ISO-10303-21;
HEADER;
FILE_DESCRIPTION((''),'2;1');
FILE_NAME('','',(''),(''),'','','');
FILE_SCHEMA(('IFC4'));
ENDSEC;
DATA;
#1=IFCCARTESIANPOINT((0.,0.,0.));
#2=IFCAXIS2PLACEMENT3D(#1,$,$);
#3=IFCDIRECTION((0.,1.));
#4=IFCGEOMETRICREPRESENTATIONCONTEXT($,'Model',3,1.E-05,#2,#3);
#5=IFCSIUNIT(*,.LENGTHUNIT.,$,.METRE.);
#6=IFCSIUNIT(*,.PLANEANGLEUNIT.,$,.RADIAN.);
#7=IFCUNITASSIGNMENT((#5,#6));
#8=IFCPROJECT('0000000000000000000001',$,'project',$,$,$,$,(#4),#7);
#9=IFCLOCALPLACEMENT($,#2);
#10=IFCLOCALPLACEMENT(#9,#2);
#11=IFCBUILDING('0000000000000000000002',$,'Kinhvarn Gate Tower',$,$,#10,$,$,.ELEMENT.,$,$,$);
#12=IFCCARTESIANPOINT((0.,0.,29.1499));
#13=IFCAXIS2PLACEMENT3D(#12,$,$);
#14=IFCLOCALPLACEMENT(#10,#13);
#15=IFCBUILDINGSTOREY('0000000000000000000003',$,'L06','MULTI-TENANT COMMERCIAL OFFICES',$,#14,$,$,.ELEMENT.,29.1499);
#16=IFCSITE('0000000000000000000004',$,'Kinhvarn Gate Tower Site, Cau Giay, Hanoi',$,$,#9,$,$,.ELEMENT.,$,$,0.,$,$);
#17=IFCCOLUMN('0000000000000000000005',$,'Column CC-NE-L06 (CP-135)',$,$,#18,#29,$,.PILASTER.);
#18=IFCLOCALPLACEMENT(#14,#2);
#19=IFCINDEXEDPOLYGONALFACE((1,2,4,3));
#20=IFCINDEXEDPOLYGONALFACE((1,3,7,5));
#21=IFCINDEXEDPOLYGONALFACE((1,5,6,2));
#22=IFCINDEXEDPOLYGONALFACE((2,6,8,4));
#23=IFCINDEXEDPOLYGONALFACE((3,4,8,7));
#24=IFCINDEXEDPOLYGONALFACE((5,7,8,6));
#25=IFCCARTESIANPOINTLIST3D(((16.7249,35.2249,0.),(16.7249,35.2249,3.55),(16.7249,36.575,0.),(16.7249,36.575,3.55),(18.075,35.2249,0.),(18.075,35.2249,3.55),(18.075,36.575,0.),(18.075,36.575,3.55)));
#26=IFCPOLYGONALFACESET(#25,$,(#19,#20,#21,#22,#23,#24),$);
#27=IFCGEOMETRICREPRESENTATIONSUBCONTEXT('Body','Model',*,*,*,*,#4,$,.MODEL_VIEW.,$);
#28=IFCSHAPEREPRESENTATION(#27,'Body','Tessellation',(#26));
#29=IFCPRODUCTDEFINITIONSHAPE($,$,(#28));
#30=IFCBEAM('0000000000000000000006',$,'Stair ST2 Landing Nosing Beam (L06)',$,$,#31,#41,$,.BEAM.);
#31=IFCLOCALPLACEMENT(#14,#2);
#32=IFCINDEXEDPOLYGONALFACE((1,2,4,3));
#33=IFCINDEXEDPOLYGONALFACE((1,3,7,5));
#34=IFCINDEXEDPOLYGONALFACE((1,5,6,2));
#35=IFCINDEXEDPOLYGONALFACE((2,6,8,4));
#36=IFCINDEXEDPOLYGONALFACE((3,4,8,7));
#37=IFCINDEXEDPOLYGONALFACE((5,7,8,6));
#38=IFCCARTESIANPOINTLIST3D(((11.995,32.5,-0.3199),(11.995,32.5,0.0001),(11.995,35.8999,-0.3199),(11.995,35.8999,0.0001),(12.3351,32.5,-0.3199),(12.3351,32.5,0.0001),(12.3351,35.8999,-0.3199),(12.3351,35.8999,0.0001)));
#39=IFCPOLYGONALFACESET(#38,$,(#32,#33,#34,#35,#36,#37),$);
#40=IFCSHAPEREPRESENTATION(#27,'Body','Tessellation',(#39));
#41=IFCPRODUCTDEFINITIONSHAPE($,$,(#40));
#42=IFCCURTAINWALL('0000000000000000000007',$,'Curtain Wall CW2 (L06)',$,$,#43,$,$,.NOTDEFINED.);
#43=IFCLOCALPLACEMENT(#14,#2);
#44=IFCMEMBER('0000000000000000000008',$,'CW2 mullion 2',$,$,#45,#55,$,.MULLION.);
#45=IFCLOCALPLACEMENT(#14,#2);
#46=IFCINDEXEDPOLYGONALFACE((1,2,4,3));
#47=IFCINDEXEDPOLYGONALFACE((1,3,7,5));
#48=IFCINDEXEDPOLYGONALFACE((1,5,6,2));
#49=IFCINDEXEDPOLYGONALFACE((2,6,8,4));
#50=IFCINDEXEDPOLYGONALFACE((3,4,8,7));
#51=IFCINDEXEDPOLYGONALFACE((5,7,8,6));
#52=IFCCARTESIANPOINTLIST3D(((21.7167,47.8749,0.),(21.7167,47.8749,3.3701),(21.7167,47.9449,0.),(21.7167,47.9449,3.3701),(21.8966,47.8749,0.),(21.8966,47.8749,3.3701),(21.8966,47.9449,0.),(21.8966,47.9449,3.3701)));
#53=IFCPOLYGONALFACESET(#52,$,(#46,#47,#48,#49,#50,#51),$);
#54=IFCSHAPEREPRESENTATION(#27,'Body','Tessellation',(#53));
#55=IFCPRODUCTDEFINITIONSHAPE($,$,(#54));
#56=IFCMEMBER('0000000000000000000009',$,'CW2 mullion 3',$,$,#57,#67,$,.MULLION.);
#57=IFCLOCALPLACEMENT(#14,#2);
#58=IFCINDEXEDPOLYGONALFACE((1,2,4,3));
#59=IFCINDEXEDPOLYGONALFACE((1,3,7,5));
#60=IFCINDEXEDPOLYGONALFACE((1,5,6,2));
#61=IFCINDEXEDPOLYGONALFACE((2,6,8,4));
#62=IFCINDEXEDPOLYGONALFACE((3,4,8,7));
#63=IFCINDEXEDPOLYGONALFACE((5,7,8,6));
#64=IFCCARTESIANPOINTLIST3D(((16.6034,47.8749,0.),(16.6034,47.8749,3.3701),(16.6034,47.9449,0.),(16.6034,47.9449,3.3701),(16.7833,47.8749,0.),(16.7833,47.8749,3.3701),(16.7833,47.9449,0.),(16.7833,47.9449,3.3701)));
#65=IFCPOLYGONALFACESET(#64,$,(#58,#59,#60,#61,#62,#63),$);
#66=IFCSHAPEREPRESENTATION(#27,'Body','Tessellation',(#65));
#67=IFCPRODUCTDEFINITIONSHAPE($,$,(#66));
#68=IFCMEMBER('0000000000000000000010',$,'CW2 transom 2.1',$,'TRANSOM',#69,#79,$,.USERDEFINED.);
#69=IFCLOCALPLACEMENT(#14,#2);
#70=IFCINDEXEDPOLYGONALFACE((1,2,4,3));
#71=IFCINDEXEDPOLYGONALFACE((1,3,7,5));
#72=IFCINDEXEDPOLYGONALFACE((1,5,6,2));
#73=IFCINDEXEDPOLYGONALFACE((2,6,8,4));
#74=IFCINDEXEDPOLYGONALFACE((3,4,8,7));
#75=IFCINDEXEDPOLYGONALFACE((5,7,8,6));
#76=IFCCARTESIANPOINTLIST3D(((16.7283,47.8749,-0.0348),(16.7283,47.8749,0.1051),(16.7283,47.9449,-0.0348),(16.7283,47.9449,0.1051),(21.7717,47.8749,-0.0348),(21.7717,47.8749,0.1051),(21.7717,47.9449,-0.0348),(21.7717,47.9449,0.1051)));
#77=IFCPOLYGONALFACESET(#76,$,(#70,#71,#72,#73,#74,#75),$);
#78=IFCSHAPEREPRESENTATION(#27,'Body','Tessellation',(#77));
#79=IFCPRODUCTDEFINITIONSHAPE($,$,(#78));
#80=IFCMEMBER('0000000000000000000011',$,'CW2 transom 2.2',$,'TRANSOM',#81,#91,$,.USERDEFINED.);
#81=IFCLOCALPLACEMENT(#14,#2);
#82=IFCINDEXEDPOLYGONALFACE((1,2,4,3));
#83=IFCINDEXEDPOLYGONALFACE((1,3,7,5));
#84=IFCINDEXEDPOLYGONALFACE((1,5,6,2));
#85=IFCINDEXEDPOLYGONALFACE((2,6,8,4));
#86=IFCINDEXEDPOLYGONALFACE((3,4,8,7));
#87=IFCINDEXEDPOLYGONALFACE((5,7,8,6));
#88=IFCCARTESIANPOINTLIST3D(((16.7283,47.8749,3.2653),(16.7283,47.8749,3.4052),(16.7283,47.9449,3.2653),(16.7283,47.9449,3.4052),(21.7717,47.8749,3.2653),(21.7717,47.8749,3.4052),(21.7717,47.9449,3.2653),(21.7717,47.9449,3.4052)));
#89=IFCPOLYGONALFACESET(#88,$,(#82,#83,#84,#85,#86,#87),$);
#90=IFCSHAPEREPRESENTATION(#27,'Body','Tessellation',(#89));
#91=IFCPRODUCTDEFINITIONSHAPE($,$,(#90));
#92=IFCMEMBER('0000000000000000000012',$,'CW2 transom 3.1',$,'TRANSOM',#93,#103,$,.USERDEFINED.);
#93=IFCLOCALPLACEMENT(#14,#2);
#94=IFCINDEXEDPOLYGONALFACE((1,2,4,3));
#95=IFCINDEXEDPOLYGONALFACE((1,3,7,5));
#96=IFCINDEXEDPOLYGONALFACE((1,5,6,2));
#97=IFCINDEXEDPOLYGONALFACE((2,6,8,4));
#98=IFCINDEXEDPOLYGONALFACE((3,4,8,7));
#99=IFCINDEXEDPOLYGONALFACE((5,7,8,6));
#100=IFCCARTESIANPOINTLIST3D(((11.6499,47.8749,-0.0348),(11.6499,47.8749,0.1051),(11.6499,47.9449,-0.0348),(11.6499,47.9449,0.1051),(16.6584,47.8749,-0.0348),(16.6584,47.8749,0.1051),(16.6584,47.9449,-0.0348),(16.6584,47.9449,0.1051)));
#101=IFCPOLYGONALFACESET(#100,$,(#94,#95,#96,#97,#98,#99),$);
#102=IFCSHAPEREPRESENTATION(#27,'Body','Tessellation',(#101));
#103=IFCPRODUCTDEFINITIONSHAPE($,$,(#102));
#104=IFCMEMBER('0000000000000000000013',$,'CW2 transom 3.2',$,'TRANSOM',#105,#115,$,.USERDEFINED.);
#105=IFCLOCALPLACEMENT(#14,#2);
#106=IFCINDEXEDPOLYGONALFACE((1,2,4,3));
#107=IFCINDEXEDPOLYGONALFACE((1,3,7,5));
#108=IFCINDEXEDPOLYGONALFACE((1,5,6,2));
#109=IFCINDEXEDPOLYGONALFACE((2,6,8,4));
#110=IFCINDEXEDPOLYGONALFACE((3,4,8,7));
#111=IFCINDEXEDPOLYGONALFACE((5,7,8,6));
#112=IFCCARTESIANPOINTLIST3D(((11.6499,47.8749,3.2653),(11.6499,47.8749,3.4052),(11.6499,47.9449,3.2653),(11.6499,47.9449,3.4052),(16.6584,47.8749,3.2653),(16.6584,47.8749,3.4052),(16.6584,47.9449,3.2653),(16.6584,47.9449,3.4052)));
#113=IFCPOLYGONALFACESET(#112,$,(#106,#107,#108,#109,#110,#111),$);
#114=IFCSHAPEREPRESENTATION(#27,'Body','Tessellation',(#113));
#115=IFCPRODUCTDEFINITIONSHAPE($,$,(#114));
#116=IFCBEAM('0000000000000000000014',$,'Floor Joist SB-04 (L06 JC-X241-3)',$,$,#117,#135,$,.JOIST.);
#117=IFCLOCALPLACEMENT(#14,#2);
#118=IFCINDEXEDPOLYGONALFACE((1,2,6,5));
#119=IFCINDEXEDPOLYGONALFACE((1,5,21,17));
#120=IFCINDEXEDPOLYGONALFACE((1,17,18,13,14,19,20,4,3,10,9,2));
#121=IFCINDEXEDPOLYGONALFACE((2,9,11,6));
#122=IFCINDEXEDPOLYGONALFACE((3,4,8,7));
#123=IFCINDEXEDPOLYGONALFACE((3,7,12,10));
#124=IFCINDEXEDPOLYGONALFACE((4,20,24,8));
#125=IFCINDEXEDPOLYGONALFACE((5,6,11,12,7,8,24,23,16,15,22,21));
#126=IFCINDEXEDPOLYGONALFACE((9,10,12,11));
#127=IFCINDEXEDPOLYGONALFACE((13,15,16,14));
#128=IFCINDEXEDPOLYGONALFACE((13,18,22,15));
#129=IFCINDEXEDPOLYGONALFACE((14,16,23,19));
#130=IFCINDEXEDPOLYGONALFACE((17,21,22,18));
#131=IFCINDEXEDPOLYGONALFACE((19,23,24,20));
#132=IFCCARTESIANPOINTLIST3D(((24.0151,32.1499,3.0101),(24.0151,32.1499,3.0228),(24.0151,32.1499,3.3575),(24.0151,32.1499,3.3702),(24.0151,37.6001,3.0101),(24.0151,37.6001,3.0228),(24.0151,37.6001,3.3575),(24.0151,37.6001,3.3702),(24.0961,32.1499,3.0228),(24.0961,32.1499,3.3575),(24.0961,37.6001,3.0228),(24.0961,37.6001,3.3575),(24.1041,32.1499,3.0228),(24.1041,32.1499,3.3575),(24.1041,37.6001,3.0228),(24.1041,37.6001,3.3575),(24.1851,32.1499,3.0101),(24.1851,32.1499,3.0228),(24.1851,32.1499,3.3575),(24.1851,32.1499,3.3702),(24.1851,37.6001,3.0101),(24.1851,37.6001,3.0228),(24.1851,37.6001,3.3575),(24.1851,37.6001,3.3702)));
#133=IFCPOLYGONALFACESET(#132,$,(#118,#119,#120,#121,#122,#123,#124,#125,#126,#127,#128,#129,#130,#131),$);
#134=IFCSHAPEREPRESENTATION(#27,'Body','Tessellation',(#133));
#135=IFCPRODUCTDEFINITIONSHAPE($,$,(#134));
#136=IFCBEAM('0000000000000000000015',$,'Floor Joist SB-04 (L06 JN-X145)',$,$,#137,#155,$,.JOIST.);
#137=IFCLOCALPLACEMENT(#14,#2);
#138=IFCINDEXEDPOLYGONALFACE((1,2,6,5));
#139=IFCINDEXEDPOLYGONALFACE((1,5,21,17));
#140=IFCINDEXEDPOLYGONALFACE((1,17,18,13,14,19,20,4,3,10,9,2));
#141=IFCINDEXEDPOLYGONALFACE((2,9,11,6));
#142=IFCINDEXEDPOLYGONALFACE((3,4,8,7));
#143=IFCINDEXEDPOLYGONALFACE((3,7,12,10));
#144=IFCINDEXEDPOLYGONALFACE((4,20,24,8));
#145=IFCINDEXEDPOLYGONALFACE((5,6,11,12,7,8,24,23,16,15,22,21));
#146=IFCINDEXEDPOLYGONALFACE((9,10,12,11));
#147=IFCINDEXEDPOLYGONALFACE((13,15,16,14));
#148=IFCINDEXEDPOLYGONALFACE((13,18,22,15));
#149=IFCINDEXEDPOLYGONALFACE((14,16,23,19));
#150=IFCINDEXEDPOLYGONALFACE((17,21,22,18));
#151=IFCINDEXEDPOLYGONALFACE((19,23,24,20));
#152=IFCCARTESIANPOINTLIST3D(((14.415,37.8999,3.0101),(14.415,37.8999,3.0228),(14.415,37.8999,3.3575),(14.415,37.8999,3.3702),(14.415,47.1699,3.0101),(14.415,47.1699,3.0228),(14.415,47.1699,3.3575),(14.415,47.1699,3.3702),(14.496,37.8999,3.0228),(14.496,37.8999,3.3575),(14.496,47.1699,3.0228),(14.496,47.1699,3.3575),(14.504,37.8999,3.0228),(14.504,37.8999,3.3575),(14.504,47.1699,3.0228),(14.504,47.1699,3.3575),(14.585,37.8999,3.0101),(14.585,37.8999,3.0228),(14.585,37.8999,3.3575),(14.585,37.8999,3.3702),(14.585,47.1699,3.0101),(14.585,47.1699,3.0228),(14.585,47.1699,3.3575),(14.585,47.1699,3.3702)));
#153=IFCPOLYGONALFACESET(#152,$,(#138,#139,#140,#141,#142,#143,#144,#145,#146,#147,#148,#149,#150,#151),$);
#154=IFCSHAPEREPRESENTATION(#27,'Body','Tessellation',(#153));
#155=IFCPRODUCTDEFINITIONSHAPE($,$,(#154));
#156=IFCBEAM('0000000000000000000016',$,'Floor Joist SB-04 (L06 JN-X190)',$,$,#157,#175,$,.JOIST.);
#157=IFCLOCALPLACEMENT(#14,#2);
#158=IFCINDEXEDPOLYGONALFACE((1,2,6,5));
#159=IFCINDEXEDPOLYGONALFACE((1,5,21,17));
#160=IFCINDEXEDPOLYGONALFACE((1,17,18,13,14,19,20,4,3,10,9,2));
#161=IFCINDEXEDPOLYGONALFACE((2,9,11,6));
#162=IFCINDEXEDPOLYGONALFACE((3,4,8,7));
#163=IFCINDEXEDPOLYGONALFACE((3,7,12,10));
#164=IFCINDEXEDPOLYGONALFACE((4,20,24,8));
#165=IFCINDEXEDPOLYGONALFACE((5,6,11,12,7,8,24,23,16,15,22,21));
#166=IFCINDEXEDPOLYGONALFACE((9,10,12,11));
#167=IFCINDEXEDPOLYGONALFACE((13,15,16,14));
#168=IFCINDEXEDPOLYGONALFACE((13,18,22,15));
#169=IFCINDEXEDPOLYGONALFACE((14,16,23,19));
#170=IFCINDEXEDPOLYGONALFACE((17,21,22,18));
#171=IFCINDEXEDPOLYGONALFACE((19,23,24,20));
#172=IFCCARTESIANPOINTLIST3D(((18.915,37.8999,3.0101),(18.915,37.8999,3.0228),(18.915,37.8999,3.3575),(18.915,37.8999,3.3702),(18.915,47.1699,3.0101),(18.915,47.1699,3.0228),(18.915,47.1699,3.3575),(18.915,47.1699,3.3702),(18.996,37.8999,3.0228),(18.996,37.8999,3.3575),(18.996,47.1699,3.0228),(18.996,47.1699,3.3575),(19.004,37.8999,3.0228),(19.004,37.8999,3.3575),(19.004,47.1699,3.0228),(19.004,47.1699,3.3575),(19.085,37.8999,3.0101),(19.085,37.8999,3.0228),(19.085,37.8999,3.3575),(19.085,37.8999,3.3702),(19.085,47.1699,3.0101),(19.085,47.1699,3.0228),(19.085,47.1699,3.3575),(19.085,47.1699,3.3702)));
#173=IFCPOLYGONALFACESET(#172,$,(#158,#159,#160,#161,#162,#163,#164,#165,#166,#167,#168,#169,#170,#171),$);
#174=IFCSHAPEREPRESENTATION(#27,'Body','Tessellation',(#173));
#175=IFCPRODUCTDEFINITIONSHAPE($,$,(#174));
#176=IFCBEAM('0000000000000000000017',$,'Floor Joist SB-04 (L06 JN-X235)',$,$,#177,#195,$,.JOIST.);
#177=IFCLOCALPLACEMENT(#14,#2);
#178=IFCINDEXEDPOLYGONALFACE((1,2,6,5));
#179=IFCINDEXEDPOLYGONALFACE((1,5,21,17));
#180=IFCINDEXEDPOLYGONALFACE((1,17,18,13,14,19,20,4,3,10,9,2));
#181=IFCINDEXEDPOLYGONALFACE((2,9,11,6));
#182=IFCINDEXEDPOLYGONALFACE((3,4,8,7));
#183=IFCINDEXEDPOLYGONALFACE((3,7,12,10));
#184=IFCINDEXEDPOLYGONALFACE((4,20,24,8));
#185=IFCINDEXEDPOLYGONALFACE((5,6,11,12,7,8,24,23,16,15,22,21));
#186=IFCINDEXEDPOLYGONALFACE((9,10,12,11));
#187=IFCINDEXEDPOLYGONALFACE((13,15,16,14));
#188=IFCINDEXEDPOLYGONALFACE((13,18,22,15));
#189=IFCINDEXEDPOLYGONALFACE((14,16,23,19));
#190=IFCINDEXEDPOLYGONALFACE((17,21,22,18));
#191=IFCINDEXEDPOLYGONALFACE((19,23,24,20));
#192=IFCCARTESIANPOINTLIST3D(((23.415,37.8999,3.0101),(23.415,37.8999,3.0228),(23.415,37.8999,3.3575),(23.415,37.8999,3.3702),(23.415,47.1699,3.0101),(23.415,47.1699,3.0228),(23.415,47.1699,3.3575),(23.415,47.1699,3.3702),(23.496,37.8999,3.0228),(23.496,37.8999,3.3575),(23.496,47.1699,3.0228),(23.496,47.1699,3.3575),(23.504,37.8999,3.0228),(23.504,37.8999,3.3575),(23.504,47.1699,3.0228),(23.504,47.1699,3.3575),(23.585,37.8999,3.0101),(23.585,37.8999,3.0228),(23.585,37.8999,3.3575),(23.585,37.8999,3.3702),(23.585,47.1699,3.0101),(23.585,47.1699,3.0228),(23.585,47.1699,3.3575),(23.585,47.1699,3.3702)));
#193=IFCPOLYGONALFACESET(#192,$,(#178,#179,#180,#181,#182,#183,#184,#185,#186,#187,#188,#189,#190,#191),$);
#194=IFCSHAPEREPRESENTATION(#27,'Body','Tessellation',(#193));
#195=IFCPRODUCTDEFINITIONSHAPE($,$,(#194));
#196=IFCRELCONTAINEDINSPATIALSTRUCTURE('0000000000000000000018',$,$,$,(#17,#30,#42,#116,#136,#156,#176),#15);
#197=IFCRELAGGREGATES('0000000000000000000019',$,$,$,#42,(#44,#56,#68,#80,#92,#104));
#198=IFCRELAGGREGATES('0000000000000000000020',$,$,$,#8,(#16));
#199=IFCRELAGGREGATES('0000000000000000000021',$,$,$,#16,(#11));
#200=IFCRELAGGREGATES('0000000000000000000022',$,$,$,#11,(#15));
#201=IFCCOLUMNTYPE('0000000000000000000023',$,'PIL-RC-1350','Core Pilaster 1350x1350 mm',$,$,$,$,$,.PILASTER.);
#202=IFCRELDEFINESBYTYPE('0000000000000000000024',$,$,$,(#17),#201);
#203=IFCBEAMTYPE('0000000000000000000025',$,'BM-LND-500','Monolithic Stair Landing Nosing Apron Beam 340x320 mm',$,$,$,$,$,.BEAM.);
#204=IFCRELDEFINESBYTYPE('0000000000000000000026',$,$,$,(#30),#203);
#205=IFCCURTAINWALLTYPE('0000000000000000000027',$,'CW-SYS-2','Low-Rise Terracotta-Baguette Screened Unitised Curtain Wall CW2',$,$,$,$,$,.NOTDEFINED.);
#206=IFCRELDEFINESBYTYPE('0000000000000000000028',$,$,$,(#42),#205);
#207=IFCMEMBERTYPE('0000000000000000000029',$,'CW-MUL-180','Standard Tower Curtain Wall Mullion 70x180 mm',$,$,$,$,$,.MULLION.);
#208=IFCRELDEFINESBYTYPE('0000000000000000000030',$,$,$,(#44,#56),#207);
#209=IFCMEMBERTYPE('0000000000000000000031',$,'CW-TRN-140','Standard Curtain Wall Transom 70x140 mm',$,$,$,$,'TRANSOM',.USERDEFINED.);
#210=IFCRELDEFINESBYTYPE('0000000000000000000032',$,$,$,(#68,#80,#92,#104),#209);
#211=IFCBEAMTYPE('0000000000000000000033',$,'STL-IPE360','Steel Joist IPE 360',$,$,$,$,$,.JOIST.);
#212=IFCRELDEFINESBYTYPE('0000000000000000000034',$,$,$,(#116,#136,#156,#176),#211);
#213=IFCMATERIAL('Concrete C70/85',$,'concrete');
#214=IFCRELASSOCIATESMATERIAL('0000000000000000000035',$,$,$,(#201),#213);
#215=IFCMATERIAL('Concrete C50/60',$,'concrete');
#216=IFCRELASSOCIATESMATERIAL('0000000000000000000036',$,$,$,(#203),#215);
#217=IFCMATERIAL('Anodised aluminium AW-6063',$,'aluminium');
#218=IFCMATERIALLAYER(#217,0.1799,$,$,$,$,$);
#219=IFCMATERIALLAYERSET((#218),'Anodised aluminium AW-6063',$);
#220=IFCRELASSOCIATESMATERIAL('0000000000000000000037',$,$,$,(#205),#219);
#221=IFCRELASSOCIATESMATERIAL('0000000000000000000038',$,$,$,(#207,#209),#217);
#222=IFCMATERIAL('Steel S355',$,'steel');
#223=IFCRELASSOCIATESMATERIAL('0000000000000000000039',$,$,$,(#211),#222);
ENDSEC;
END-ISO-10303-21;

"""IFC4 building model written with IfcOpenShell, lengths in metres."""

from ifc_helpers import new_model, si_unit, direction, frame, origin, origin_2d, place, context, subcontext, project, spatial, rectangle, i_section, extrude, material, layer, layer_set, material_profile, profile_set, type_object, element, aggregate, save


model = new_model("IFC4")

# Units and contexts
model_context = context("Model", 3, precision=1e-05, world=origin(), true_north=direction((0.0, 1.0)))
body_context = subcontext(model_context, "Body", "Model", "MODEL_VIEW")
ifc_project = project(units=[si_unit("LENGTHUNIT", "METRE"), si_unit("PLANEANGLEUNIT", "RADIAN")], contexts=[model_context])

# Site, building, storey
site_placement = place(None, origin())
site = spatial("IfcSite", under=ifc_project, at=site_placement, Name="Kinhvarn Gate Tower Site, Cau Giay, Hanoi", CompositionType="ELEMENT", RefElevation=0.0)
building_placement = place(site_placement, origin())
building = spatial("IfcBuilding", under=site, at=building_placement, Name="Kinhvarn Gate Tower", CompositionType="ELEMENT")
storey_placement = place(building_placement, frame((0.0, 0.0, 29.1499)))
storey = spatial("IfcBuildingStorey", under=building, at=storey_placement, Name="L06", Description="MULTI-TENANT COMMERCIAL OFFICES", CompositionType="ELEMENT", Elevation=29.1499)

# Column
ifc_material_1 = material(Name="Concrete C70/85", Category="concrete")
ifc_material_profile_1 = material_profile(ifc_material_1, rectangle(XDim=1.3501, YDim=1.3501, at=origin_2d()), Name="RC 1350x1350")
ifc_profile_set_1 = profile_set([ifc_material_profile_1], Name="Concrete C70/85")
column_type = type_object("IfcColumnType", Name="PIL-RC-1350", Description="Core Pilaster 1350x1350 mm", PredefinedType="PILASTER", material=ifc_profile_set_1)
column_placement = place(storey_placement, frame((17.3999, 35.8999, 0.0), z_axis=(0.0, 0.0, 1.0), x_axis=(1.0, 0.0, 0.0)))
element("IfcColumn", 1, at=column_placement, inside=storey, type_object=column_type, Name="Column CC-NE-L06 (CP-135)", PredefinedType="PILASTER", context=body_context, shape_type="SweptSolid", body=[
    extrude(rectangle(XDim=1.3501, YDim=1.3501, at=origin_2d()), origin(), (0.0, 0.0, 1.0), 3.55),
])

# Beam
ifc_material_2 = material(Name="Concrete C50/60", Category="concrete")
ifc_material_profile_2 = material_profile(ifc_material_2, rectangle(XDim=0.3401, YDim=0.3201, at=origin_2d()), Name="RC 340x320")
ifc_profile_set_2 = profile_set([ifc_material_profile_2], Name="Concrete C50/60")
beam_type_1 = type_object("IfcBeamType", Name="BM-LND-500", Description="Monolithic Stair Landing Nosing Apron Beam 340x320 mm", PredefinedType="BEAM", material=ifc_profile_set_2)
beam_1_placement = place(storey_placement, frame((12.165, 32.5, -0.1599), z_axis=(0.0, 1.0, 0.0), x_axis=(-1.0, 0.0, 0.0)))
element("IfcBeam", 2, at=beam_1_placement, inside=storey, type_object=beam_type_1, Name="Stair ST2 Landing Nosing Beam (L06)", PredefinedType="BEAM", context=body_context, shape_type="SweptSolid", body=[
    extrude(rectangle(XDim=0.3401, YDim=0.3201, at=origin_2d()), origin(), (0.0, 0.0, 1.0), 3.3999),
])

# Curtain wall, members
ifc_material_3 = material(Name="Anodised aluminium AW-6063", Category="aluminium")
ifc_layer_1 = layer(ifc_material_3, 0.1799)
ifc_layer_set_1 = layer_set([ifc_layer_1], Name="Anodised aluminium AW-6063")
curtain_wall_type = type_object("IfcCurtainWallType", Name="CW-SYS-2", Description="Low-Rise Terracotta-Baguette Screened Unitised Curtain Wall CW2", PredefinedType="NOTDEFINED", material=ifc_layer_set_1)
curtain_wall_placement = place(storey_placement, origin())
curtain_wall = element("IfcCurtainWall", 3, at=curtain_wall_placement, inside=storey, type_object=curtain_wall_type, Name="Curtain Wall CW2 (L06)", PredefinedType="NOTDEFINED")
ifc_material_profile_3 = material_profile(ifc_material_3, rectangle(XDim=0.0701, YDim=0.1799, at=origin_2d()), Name="ALU 70x180")
ifc_profile_set_3 = profile_set([ifc_material_profile_3], Name="Anodised aluminium AW-6063")
member_type_1 = type_object("IfcMemberType", Name="CW-MUL-180", Description="Standard Tower Curtain Wall Mullion 70x180 mm", PredefinedType="MULLION", material=ifc_profile_set_3)
member_1_placement = place(storey_placement, frame((21.8066, 47.9099, 0.0), z_axis=(0.0, 0.0, 1.0), x_axis=(0.0, -1.0, 0.0)))
member_1 = element("IfcMember", 4, at=member_1_placement, type_object=member_type_1, Name="CW2 mullion 2", PredefinedType="MULLION", context=body_context, shape_type="SweptSolid", body=[
    extrude(rectangle(XDim=0.0701, YDim=0.1799, at=origin_2d()), origin(), (0.0, 0.0, 1.0), 3.3701),
])
member_2_placement = place(storey_placement, frame((16.6934, 47.9099, 0.0), z_axis=(0.0, 0.0, 1.0), x_axis=(0.0, -1.0, 0.0)))
member_2 = element("IfcMember", 5, at=member_2_placement, type_object=member_type_1, Name="CW2 mullion 3", PredefinedType="MULLION", context=body_context, shape_type="SweptSolid", body=[
    extrude(rectangle(XDim=0.0701, YDim=0.1799, at=origin_2d()), origin(), (0.0, 0.0, 1.0), 3.3701),
])
ifc_material_profile_4 = material_profile(ifc_material_3, rectangle(XDim=0.0701, YDim=0.1399, at=origin_2d()), Name="ALU 70x140")
ifc_profile_set_4 = profile_set([ifc_material_profile_4], Name="Anodised aluminium AW-6063")
member_type_2 = type_object("IfcMemberType", Name="CW-TRN-140", Description="Standard Curtain Wall Transom 70x140 mm", ElementType="TRANSOM", PredefinedType="USERDEFINED", material=ifc_profile_set_4)
member_3_placement = place(storey_placement, frame((21.7717, 47.9099, 0.0352), z_axis=(-1.0, 0.0, 0.0), x_axis=(0.0, -1.0, 0.0)))
member_3 = element("IfcMember", 6, at=member_3_placement, type_object=member_type_2, Name="CW2 transom 2.1", ObjectType="TRANSOM", PredefinedType="USERDEFINED", context=body_context, shape_type="SweptSolid", body=[
    extrude(rectangle(XDim=0.0701, YDim=0.1399, at=origin_2d()), origin(), (0.0, 0.0, 1.0), 5.0435),
])
member_4_placement = place(storey_placement, frame((21.7717, 47.9099, 3.3352), z_axis=(-1.0, 0.0, 0.0), x_axis=(0.0, -1.0, 0.0)))
member_4 = element("IfcMember", 7, at=member_4_placement, type_object=member_type_2, Name="CW2 transom 2.2", ObjectType="TRANSOM", PredefinedType="USERDEFINED", context=body_context, shape_type="SweptSolid", body=[
    extrude(rectangle(XDim=0.0701, YDim=0.1399, at=origin_2d()), origin(), (0.0, 0.0, 1.0), 5.0435),
])
member_5_placement = place(storey_placement, frame((16.6584, 47.9099, 0.0352), z_axis=(-1.0, 0.0, 0.0), x_axis=(0.0, -1.0, 0.0)))
member_5 = element("IfcMember", 8, at=member_5_placement, type_object=member_type_2, Name="CW2 transom 3.1", ObjectType="TRANSOM", PredefinedType="USERDEFINED", context=body_context, shape_type="SweptSolid", body=[
    extrude(rectangle(XDim=0.0701, YDim=0.1399, at=origin_2d()), origin(), (0.0, 0.0, 1.0), 5.0085),
])
member_6_placement = place(storey_placement, frame((16.6584, 47.9099, 3.3352), z_axis=(-1.0, 0.0, 0.0), x_axis=(0.0, -1.0, 0.0)))
member_6 = element("IfcMember", 9, at=member_6_placement, type_object=member_type_2, Name="CW2 transom 3.2", ObjectType="TRANSOM", PredefinedType="USERDEFINED", context=body_context, shape_type="SweptSolid", body=[
    extrude(rectangle(XDim=0.0701, YDim=0.1399, at=origin_2d()), origin(), (0.0, 0.0, 1.0), 5.0085),
])

# Beams
ifc_material_4 = material(Name="Steel S355", Category="steel")
ifc_material_profile_5 = material_profile(ifc_material_4, i_section(OverallWidth=0.1699, OverallDepth=0.3601, WebThickness=0.0081, FlangeThickness=0.0127, at=origin_2d()), Name="IPE 360")
ifc_profile_set_5 = profile_set([ifc_material_profile_5], Name="Steel S355")
beam_type_2 = type_object("IfcBeamType", Name="STL-IPE360", Description="Steel Joist IPE 360", PredefinedType="JOIST", material=ifc_profile_set_5)
beam_2_placement = place(storey_placement, frame((24.1001, 32.1499, 3.1902), z_axis=(0.0, 1.0, 0.0), x_axis=(-1.0, 0.0, 0.0)))
element("IfcBeam", 10, at=beam_2_placement, inside=storey, type_object=beam_type_2, Name="Floor Joist SB-04 (L06 JC-X241-3)", PredefinedType="JOIST", context=body_context, shape_type="SweptSolid", body=[
    extrude(i_section(OverallWidth=0.1699, OverallDepth=0.3601, WebThickness=0.0081, FlangeThickness=0.0127, at=origin_2d()), origin(), (0.0, 0.0, 1.0), 5.4502),
])
for number, where, z_axis, x_axis, name in (
    (11, (14.5, 37.8999, 3.1902), (0.0, 1.0, 0.0), (-1.0, 0.0, 0.0), "Floor Joist SB-04 (L06 JN-X145)"),
    (12, (19.0, 37.8999, 3.1902), (0.0, 1.0, 0.0), (-1.0, 0.0, 0.0), "Floor Joist SB-04 (L06 JN-X190)"),
    (13, (23.5, 37.8999, 3.1902), (0.0, 1.0, 0.0), (-1.0, 0.0, 0.0), "Floor Joist SB-04 (L06 JN-X235)"),
):
    element("IfcBeam", number, at=place(storey_placement, frame(where, z_axis=z_axis, x_axis=x_axis)), inside=storey, type_object=beam_type_2, Name=name, PredefinedType="JOIST", context=body_context, shape_type="SweptSolid", body=[
        extrude(i_section(OverallWidth=0.1699, OverallDepth=0.3601, WebThickness=0.0081, FlangeThickness=0.0127, at=origin_2d()), origin(), (0.0, 0.0, 1.0), 9.27),
    ])

aggregate(curtain_wall, [member_1, member_2, member_3, member_4, member_5, member_6])

save(model, "model.ifc")
